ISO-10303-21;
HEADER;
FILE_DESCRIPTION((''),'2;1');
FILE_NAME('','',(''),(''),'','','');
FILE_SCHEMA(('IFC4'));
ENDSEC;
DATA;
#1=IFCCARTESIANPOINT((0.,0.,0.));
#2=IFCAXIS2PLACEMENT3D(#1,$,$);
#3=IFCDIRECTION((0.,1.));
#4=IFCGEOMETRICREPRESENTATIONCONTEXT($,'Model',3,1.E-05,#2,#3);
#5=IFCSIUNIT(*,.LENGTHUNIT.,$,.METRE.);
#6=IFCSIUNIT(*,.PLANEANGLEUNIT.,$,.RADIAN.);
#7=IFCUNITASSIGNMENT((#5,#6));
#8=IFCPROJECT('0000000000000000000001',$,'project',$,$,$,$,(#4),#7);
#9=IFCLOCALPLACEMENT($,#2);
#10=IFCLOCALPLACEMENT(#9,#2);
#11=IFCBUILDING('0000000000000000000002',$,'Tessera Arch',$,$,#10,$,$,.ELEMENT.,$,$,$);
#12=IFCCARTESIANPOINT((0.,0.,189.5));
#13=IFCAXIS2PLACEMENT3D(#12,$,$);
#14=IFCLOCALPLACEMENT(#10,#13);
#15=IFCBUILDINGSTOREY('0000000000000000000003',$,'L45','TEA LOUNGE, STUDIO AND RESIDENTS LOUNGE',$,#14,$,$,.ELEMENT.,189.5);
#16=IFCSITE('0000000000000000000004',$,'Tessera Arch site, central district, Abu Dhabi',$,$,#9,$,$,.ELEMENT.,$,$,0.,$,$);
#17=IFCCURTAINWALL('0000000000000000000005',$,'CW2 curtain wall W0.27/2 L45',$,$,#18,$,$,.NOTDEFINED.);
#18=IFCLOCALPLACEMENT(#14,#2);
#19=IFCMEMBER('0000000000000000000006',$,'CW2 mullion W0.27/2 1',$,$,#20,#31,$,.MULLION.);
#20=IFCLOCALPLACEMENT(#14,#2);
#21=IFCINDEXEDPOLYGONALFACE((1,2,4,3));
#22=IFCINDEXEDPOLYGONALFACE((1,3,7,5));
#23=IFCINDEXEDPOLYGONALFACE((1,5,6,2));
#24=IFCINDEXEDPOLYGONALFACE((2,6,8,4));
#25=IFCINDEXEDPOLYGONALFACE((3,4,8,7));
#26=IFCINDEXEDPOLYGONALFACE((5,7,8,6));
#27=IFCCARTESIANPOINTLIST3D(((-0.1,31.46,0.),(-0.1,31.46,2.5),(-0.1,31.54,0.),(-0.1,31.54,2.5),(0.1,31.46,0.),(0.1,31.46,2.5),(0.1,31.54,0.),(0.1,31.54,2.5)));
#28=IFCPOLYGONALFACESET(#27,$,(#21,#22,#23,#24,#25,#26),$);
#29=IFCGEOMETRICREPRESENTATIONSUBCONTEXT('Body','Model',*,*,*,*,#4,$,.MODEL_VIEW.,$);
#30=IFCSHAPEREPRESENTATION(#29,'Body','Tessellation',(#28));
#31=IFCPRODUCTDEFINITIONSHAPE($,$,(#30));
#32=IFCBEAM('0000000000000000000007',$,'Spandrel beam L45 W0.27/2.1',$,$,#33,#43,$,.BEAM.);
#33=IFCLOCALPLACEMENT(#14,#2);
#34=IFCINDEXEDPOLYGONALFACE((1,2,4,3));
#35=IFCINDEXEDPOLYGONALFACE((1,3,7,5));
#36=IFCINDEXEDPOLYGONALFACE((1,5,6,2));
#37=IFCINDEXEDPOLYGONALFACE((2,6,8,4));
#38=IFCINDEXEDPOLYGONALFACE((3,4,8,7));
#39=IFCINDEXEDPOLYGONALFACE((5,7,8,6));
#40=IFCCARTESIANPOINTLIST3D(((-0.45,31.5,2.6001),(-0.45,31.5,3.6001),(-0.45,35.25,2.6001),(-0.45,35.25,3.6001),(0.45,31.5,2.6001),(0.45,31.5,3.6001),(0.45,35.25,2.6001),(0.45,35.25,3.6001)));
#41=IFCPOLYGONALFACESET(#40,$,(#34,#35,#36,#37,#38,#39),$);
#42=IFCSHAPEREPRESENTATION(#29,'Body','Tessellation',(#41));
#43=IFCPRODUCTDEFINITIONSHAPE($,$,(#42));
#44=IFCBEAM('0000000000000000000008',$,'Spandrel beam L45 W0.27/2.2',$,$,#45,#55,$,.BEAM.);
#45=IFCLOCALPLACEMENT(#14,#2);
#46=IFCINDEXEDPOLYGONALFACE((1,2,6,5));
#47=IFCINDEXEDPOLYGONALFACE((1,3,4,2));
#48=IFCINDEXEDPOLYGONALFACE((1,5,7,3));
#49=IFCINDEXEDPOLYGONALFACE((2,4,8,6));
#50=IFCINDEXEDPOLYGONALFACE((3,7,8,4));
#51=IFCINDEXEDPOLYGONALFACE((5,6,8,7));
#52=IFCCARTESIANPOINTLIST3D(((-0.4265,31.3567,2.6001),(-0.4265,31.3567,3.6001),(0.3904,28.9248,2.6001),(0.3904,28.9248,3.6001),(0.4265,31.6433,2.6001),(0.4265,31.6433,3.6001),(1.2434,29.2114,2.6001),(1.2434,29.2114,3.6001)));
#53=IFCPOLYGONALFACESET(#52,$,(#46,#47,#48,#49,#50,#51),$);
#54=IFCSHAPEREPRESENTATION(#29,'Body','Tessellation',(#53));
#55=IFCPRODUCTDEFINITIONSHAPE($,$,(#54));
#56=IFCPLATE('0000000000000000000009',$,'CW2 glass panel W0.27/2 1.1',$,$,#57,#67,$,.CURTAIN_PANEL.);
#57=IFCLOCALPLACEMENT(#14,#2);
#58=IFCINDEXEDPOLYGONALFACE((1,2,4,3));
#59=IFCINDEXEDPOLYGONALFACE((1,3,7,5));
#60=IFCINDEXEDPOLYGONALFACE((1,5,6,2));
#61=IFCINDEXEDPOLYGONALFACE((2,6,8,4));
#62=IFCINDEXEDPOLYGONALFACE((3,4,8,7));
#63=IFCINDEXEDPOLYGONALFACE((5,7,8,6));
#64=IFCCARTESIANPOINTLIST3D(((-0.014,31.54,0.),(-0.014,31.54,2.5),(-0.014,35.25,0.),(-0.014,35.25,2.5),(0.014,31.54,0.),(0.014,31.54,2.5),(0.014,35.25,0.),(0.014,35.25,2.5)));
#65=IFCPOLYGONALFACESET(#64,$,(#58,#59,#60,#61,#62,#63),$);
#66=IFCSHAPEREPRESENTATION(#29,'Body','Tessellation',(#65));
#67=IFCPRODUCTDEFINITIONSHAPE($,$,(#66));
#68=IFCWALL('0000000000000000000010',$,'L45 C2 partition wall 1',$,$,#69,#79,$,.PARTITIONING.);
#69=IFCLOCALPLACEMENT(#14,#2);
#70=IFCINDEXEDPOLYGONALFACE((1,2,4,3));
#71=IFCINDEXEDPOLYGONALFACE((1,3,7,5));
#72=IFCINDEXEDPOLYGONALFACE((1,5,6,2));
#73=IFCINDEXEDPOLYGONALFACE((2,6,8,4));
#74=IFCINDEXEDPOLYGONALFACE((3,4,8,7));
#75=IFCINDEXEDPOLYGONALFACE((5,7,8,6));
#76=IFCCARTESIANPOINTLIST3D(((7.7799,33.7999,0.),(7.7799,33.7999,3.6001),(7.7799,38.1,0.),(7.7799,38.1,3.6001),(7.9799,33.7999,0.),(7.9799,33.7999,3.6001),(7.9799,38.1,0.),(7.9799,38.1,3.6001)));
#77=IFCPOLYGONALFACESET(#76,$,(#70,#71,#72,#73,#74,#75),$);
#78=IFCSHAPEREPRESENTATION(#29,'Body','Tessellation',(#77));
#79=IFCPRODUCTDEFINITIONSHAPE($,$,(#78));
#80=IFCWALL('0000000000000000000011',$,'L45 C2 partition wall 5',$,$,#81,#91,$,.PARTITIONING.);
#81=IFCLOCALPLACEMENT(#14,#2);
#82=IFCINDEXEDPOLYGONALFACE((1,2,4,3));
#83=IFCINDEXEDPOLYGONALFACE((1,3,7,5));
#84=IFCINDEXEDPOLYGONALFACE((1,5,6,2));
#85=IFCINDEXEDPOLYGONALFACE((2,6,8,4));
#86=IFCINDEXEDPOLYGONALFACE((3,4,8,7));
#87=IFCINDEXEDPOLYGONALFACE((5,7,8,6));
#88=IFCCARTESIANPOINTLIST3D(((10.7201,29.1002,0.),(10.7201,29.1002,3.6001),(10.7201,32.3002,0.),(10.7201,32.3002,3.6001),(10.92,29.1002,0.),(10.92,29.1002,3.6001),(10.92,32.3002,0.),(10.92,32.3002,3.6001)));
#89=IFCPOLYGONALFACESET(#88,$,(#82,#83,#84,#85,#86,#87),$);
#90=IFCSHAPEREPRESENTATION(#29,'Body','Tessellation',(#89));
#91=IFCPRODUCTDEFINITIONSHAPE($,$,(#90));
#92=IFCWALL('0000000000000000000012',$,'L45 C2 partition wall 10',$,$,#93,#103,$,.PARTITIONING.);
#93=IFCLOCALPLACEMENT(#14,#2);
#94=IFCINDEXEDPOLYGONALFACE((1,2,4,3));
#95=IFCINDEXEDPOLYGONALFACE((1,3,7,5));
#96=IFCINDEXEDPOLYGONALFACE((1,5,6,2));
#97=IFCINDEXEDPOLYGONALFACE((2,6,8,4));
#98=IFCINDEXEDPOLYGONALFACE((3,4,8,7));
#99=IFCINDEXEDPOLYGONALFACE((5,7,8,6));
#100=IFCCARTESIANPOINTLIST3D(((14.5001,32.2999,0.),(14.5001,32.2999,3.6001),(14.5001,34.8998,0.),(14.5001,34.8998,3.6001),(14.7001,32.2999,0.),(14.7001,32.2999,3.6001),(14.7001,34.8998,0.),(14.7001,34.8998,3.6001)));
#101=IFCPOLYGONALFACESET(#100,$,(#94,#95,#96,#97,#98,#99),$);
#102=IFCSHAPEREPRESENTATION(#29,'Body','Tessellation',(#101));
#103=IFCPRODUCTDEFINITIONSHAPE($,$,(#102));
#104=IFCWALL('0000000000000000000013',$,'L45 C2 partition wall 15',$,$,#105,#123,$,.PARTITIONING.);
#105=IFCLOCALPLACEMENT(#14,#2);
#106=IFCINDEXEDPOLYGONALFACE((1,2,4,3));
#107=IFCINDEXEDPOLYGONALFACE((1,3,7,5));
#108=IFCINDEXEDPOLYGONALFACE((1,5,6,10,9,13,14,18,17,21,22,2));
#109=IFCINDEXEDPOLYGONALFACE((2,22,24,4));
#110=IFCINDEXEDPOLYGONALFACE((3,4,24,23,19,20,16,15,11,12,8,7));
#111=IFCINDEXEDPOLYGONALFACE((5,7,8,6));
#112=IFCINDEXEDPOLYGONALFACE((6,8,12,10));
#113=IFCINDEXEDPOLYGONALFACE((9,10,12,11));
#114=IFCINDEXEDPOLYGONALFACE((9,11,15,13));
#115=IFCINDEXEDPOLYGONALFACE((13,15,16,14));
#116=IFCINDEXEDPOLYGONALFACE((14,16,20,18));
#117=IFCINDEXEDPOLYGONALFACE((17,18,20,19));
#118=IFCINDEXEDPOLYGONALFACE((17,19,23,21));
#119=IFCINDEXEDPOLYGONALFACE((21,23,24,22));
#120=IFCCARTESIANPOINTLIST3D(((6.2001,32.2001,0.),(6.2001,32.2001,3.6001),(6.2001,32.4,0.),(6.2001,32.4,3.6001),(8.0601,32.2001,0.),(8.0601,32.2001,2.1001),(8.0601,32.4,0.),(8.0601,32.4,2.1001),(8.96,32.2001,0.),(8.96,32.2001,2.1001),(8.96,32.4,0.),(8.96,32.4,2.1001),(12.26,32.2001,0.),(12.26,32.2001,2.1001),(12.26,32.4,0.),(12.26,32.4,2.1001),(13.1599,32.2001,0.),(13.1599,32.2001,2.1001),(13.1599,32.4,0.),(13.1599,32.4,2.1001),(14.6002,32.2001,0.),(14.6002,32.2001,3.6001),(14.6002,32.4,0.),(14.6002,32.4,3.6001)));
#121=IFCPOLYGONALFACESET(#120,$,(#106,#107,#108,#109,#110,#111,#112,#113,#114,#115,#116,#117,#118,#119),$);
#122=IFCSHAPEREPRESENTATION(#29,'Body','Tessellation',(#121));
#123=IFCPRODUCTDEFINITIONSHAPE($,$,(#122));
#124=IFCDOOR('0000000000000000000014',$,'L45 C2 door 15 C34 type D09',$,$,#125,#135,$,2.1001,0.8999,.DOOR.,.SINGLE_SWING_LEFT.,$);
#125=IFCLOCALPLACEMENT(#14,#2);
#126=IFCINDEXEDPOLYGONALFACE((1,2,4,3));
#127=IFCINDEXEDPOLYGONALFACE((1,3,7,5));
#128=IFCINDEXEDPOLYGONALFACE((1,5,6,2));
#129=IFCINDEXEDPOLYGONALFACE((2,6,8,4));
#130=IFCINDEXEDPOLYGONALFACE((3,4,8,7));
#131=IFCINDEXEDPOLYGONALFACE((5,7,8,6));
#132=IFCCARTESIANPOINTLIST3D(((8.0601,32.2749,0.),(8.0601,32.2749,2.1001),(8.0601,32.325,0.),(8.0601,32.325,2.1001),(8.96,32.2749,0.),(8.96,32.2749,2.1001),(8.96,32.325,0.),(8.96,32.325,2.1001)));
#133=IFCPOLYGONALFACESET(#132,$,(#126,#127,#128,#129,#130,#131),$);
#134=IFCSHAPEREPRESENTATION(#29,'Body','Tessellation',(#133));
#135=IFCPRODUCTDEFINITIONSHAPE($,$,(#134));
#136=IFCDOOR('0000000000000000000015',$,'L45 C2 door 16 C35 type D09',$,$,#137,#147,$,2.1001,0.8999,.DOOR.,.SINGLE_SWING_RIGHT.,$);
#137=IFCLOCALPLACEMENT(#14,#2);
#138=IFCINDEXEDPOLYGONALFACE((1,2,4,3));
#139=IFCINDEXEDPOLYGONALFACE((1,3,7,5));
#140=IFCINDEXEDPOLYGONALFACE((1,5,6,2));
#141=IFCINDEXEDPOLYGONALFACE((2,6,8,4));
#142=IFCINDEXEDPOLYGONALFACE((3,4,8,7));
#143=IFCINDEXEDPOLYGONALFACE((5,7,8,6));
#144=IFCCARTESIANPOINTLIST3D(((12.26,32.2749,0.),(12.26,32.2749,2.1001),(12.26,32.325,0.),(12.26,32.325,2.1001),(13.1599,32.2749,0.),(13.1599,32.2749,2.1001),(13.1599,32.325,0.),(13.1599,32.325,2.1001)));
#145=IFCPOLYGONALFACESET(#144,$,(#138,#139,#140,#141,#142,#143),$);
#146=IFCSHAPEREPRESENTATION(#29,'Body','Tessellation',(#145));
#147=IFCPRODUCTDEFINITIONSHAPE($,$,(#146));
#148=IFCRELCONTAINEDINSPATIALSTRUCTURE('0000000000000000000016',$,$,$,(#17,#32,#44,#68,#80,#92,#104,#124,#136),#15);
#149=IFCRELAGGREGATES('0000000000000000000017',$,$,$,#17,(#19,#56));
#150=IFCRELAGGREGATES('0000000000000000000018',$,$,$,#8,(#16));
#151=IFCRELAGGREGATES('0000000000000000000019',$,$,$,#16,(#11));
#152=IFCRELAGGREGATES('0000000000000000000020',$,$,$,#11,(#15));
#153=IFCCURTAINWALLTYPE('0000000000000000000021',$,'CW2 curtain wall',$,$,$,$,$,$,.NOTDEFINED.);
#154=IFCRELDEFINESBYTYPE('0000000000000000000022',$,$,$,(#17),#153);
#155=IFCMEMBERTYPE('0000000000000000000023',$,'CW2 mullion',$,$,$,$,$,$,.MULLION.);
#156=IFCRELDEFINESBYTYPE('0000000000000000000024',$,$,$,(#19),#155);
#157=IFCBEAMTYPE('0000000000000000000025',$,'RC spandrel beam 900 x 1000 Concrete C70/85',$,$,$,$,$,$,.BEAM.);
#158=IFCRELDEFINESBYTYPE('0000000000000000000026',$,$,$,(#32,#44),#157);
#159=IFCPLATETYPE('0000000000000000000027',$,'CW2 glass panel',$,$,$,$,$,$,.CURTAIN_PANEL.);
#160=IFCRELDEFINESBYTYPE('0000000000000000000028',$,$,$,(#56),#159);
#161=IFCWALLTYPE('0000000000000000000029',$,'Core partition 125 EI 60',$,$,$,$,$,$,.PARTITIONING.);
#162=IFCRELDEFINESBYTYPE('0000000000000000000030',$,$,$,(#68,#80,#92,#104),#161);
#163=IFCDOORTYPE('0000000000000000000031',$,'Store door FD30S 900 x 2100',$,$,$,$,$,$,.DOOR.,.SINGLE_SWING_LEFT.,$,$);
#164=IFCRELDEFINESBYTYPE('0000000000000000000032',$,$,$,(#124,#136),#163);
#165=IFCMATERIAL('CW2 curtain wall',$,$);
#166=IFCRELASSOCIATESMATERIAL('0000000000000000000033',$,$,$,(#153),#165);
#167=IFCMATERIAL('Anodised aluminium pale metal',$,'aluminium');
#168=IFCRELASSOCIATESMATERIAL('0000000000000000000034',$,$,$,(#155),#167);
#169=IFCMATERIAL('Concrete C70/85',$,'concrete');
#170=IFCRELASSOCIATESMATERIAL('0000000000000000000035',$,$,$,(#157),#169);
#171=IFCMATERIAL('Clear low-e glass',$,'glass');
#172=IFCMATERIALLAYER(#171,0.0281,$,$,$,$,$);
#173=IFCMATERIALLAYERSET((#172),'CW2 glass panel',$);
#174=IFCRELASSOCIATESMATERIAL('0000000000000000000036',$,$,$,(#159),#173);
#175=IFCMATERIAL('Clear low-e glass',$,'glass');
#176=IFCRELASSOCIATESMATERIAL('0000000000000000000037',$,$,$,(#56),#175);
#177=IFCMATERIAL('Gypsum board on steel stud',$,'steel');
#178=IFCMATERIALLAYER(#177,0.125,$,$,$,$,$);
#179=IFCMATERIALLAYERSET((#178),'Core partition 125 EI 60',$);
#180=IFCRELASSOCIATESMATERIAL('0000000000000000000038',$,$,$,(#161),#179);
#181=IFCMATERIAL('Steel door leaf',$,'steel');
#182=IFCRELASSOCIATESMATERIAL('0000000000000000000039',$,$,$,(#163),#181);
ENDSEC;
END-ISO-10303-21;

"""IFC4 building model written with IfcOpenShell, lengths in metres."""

from ifc_helpers import new_model, si_unit, direction, frame, frame_2d, origin, origin_2d, place, context, subcontext, project, spatial, rectangle, extrude, material, layer, layer_set, material_profile, profile_set, type_object, element, fill, aggregate, save


model = new_model("IFC4")

# Units and contexts
model_context = context("Model", 3, precision=1e-05, world=origin(), true_north=direction((0.0, 1.0)))
body_context = subcontext(model_context, "Body", "Model", "MODEL_VIEW")
ifc_project = project(units=[si_unit("LENGTHUNIT", "METRE"), si_unit("PLANEANGLEUNIT", "RADIAN")], contexts=[model_context])

# Site, building, storey
site_placement = place(None, origin())
site = spatial("IfcSite", under=ifc_project, at=site_placement, Name="Tessera Arch site, central district, Abu Dhabi", CompositionType="ELEMENT", RefElevation=0.0)
building_placement = place(site_placement, origin())
building = spatial("IfcBuilding", under=site, at=building_placement, Name="Tessera Arch", CompositionType="ELEMENT")
storey_placement = place(building_placement, frame((0.0, 0.0, 189.5)))
storey = spatial("IfcBuildingStorey", under=building, at=storey_placement, Name="L45", Description="TEA LOUNGE, STUDIO AND RESIDENTS LOUNGE", CompositionType="ELEMENT", Elevation=189.5)

# Curtain wall, member
ifc_material_1 = material(Name="CW2 curtain wall")
curtain_wall_type = type_object("IfcCurtainWallType", Name="CW2 curtain wall", PredefinedType="NOTDEFINED", material=ifc_material_1)
curtain_wall_placement = place(storey_placement, origin())
curtain_wall = element("IfcCurtainWall", 1, at=curtain_wall_placement, inside=storey, type_object=curtain_wall_type, Name="CW2 curtain wall W0.27/2 L45", PredefinedType="NOTDEFINED")
ifc_material_2 = material(Name="Anodised aluminium pale metal", Category="aluminium")
ifc_material_profile_1 = material_profile(ifc_material_2, rectangle(XDim=0.2, YDim=0.0801, at=origin_2d()), Name="AL 80x200")
ifc_profile_set_1 = profile_set([ifc_material_profile_1], Name="Anodised aluminium pale metal")
member_type = type_object("IfcMemberType", Name="CW2 mullion", PredefinedType="MULLION", material=ifc_profile_set_1)
member_placement = place(storey_placement, frame((0.0, 31.5, 0.0), z_axis=(0.0, 0.0, 1.0), x_axis=(1.0, 0.0, 0.0)))
member = element("IfcMember", 2, at=member_placement, type_object=member_type, Name="CW2 mullion W0.27/2 1", PredefinedType="MULLION", context=body_context, shape_type="SweptSolid", body=[
    extrude(rectangle(XDim=0.2, YDim=0.0801, at=origin_2d()), origin(), (0.0, 0.0, 1.0), 2.5),
])

# Beams
ifc_material_3 = material(Name="Concrete C70/85", Category="concrete")
ifc_material_profile_2 = material_profile(ifc_material_3, rectangle(XDim=0.8999, YDim=1.0, at=origin_2d()), Name="RC spandrel beam 900 x 1000 Concrete C70/85")
ifc_profile_set_2 = profile_set([ifc_material_profile_2], Name="Concrete C70/85")
beam_type = type_object("IfcBeamType", Name="RC spandrel beam 900 x 1000 Concrete C70/85", PredefinedType="BEAM", material=ifc_profile_set_2)
beam_1_placement = place(storey_placement, frame((0.0, 35.25, 3.1001), z_axis=(0.0, -1.0, 0.0), x_axis=(1.0, 0.0, 0.0)))
element("IfcBeam", 3, at=beam_1_placement, inside=storey, type_object=beam_type, Name="Spandrel beam L45 W0.27/2.1", PredefinedType="BEAM", context=body_context, shape_type="SweptSolid", body=[
    extrude(rectangle(XDim=0.8999, YDim=1.0, at=origin_2d()), origin(), (0.0, 0.0, 1.0), 3.75),
])
beam_2_placement = place(storey_placement, frame((0.0, 31.5, 3.1001), z_axis=(0.318425, -0.947948, 0.0), x_axis=(0.947948, 0.318425, 0.0)))
element("IfcBeam", 4, at=beam_2_placement, inside=storey, type_object=beam_type, Name="Spandrel beam L45 W0.27/2.2", PredefinedType="BEAM", context=body_context, shape_type="SweptSolid", body=[
    extrude(rectangle(XDim=0.8999, YDim=1.0, at=origin_2d()), origin(), (0.0, 0.0, 1.0), 2.5654),
])

# Plate
ifc_material_4 = material(Name="Clear low-e glass", Category="glass")
ifc_material_5 = material(Name="Clear low-e glass", Category="glass")
ifc_layer_1 = layer(ifc_material_5, 0.0281)
ifc_layer_set_1 = layer_set([ifc_layer_1], Name="CW2 glass panel")
plate_type = type_object("IfcPlateType", Name="CW2 glass panel", PredefinedType="CURTAIN_PANEL", material=ifc_layer_set_1)
plate_placement = place(storey_placement, frame((0.0, 33.395, 0.0), z_axis=(0.0, 0.0, 1.0), x_axis=(0.0, -1.0, 0.0)))
plate = element("IfcPlate", 5, at=plate_placement, type_object=plate_type, material=ifc_material_4, Name="CW2 glass panel W0.27/2 1.1", PredefinedType="CURTAIN_PANEL", context=body_context, shape_type="SweptSolid", body=[
    extrude(rectangle(XDim=3.71, YDim=0.0281, at=origin_2d()), origin(), (0.0, 0.0, 1.0), 2.5),
])
aggregate(curtain_wall, [member, plate])

# Walls
ifc_material_6 = material(Name="Gypsum board on steel stud", Category="steel")
ifc_layer_2 = layer(ifc_material_6, 0.125)
ifc_layer_set_2 = layer_set([ifc_layer_2], Name="Core partition 125 EI 60")
wall_type_1 = type_object("IfcWallType", Name="Core partition 125 EI 60", PredefinedType="PARTITIONING", material=ifc_layer_set_2)
wall_1_placement = place(storey_placement, frame((7.8799, 33.8, 0.0), z_axis=(0.0, 0.0, 1.0), x_axis=(0.0, 1.0, 0.0)))
element("IfcWall", 6, at=wall_1_placement, inside=storey, type_object=wall_type_1, Name="L45 C2 partition wall 1", PredefinedType="PARTITIONING", context=body_context, shape_type="SweptSolid", body=[
    extrude(rectangle(XDim=4.3, YDim=0.2, at=frame_2d((2.1499, 0.0))), origin(), (0.0, 0.0, 1.0), 3.6001),
])
wall_2_placement = place(storey_placement, frame((10.8201, 29.1001, 0.0), z_axis=(0.0, 0.0, 1.0), x_axis=(0.0, 1.0, 0.0)))
element("IfcWall", 7, at=wall_2_placement, inside=storey, type_object=wall_type_1, Name="L45 C2 partition wall 5", PredefinedType="PARTITIONING", context=body_context, shape_type="SweptSolid", body=[
    extrude(rectangle(XDim=3.2, YDim=0.2, at=frame_2d((1.6001, 0.0))), origin(), (0.0, 0.0, 1.0), 3.6001),
])
wall_3_placement = place(storey_placement, frame((14.6001, 32.3, 0.0), z_axis=(0.0, 0.0, 1.0), x_axis=(0.0, 1.0, 0.0)))
element("IfcWall", 8, at=wall_3_placement, inside=storey, type_object=wall_type_1, Name="L45 C2 partition wall 10", PredefinedType="PARTITIONING", context=body_context, shape_type="SweptSolid", body=[
    extrude(rectangle(XDim=2.5999, YDim=0.2, at=frame_2d((1.2998, 0.0))), origin(), (0.0, 0.0, 1.0), 3.6001),
])

# Wall, openings, doors
wall_4_placement = place(storey_placement, frame((6.2, 32.3, 0.0), z_axis=(0.0, 0.0, 1.0), x_axis=(1.0, 0.0, 0.0)))
wall_4 = element("IfcWall", 9, at=wall_4_placement, inside=storey, type_object=wall_type_1, Name="L45 C2 partition wall 15", PredefinedType="PARTITIONING", context=body_context, shape_type="SweptSolid", body=[
    extrude(rectangle(XDim=8.4001, YDim=0.2, at=frame_2d((4.2002, 0.0))), origin(), (0.0, 0.0, 1.0), 3.6001),
])
opening_1_placement = place(wall_4_placement, frame((1.8601, 0.0, 0.0)))
opening_1 = element("IfcOpeningElement", 10, at=opening_1_placement, cuts=wall_4, PredefinedType="OPENING", context=body_context, shape_type="SweptSolid", body=[
    extrude(rectangle(XDim=0.8999, YDim=2.1001, at=frame_2d((0.45, 1.05))), frame((0.0, 0.1099, 0.0), z_axis=(0.0, -1.0, 0.0), x_axis=(1.0, 0.0, 0.0)), (0.0, 0.0, 1.0), 0.22),
])
opening_2_placement = place(wall_4_placement, frame((6.0601, 0.0, 0.0)))
opening_2 = element("IfcOpeningElement", 11, at=opening_2_placement, cuts=wall_4, PredefinedType="OPENING", context=body_context, shape_type="SweptSolid", body=[
    extrude(rectangle(XDim=0.8999, YDim=2.1001, at=frame_2d((0.45, 1.05))), frame((0.0, 0.1099, 0.0), z_axis=(0.0, -1.0, 0.0), x_axis=(1.0, 0.0, 0.0)), (0.0, 0.0, 1.0), 0.22),
])
ifc_material_7 = material(Name="Steel door leaf", Category="steel")
door_type_1 = type_object("IfcDoorType", Name="Store door FD30S 900 x 2100", OperationType="SINGLE_SWING_LEFT", PredefinedType="DOOR", material=ifc_material_7)
door_1_placement = place(opening_1_placement, origin())
door_1 = element("IfcDoor", 12, at=door_1_placement, inside=storey, type_object=door_type_1, Name="L45 C2 door 15 C34 type D09", OperationType="SINGLE_SWING_LEFT", OverallHeight=2.1001, OverallWidth=0.8999, PredefinedType="DOOR", context=body_context, shape_type="SweptSolid", body=[
    extrude(rectangle(XDim=0.8999, YDim=2.1001, at=frame_2d((0.45, 1.05))), frame((0.0, 0.0249, 0.0), z_axis=(0.0, -1.0, 0.0), x_axis=(1.0, 0.0, 0.0)), (0.0, 0.0, 1.0), 0.05),
])
fill(opening_1, door_1)
door_2_placement = place(opening_2_placement, origin())
door_2 = element("IfcDoor", 13, at=door_2_placement, inside=storey, type_object=door_type_1, Name="L45 C2 door 16 C35 type D09", OperationType="SINGLE_SWING_RIGHT", OverallHeight=2.1001, OverallWidth=0.8999, PredefinedType="DOOR", context=body_context, shape_type="SweptSolid", body=[
    extrude(rectangle(XDim=0.8999, YDim=2.1001, at=frame_2d((0.45, 1.05))), frame((0.0, 0.0249, 0.0), z_axis=(0.0, -1.0, 0.0), x_axis=(1.0, 0.0, 0.0)), (0.0, 0.0, 1.0), 0.05),
])
fill(opening_2, door_2)

save(model, "model.ifc")
